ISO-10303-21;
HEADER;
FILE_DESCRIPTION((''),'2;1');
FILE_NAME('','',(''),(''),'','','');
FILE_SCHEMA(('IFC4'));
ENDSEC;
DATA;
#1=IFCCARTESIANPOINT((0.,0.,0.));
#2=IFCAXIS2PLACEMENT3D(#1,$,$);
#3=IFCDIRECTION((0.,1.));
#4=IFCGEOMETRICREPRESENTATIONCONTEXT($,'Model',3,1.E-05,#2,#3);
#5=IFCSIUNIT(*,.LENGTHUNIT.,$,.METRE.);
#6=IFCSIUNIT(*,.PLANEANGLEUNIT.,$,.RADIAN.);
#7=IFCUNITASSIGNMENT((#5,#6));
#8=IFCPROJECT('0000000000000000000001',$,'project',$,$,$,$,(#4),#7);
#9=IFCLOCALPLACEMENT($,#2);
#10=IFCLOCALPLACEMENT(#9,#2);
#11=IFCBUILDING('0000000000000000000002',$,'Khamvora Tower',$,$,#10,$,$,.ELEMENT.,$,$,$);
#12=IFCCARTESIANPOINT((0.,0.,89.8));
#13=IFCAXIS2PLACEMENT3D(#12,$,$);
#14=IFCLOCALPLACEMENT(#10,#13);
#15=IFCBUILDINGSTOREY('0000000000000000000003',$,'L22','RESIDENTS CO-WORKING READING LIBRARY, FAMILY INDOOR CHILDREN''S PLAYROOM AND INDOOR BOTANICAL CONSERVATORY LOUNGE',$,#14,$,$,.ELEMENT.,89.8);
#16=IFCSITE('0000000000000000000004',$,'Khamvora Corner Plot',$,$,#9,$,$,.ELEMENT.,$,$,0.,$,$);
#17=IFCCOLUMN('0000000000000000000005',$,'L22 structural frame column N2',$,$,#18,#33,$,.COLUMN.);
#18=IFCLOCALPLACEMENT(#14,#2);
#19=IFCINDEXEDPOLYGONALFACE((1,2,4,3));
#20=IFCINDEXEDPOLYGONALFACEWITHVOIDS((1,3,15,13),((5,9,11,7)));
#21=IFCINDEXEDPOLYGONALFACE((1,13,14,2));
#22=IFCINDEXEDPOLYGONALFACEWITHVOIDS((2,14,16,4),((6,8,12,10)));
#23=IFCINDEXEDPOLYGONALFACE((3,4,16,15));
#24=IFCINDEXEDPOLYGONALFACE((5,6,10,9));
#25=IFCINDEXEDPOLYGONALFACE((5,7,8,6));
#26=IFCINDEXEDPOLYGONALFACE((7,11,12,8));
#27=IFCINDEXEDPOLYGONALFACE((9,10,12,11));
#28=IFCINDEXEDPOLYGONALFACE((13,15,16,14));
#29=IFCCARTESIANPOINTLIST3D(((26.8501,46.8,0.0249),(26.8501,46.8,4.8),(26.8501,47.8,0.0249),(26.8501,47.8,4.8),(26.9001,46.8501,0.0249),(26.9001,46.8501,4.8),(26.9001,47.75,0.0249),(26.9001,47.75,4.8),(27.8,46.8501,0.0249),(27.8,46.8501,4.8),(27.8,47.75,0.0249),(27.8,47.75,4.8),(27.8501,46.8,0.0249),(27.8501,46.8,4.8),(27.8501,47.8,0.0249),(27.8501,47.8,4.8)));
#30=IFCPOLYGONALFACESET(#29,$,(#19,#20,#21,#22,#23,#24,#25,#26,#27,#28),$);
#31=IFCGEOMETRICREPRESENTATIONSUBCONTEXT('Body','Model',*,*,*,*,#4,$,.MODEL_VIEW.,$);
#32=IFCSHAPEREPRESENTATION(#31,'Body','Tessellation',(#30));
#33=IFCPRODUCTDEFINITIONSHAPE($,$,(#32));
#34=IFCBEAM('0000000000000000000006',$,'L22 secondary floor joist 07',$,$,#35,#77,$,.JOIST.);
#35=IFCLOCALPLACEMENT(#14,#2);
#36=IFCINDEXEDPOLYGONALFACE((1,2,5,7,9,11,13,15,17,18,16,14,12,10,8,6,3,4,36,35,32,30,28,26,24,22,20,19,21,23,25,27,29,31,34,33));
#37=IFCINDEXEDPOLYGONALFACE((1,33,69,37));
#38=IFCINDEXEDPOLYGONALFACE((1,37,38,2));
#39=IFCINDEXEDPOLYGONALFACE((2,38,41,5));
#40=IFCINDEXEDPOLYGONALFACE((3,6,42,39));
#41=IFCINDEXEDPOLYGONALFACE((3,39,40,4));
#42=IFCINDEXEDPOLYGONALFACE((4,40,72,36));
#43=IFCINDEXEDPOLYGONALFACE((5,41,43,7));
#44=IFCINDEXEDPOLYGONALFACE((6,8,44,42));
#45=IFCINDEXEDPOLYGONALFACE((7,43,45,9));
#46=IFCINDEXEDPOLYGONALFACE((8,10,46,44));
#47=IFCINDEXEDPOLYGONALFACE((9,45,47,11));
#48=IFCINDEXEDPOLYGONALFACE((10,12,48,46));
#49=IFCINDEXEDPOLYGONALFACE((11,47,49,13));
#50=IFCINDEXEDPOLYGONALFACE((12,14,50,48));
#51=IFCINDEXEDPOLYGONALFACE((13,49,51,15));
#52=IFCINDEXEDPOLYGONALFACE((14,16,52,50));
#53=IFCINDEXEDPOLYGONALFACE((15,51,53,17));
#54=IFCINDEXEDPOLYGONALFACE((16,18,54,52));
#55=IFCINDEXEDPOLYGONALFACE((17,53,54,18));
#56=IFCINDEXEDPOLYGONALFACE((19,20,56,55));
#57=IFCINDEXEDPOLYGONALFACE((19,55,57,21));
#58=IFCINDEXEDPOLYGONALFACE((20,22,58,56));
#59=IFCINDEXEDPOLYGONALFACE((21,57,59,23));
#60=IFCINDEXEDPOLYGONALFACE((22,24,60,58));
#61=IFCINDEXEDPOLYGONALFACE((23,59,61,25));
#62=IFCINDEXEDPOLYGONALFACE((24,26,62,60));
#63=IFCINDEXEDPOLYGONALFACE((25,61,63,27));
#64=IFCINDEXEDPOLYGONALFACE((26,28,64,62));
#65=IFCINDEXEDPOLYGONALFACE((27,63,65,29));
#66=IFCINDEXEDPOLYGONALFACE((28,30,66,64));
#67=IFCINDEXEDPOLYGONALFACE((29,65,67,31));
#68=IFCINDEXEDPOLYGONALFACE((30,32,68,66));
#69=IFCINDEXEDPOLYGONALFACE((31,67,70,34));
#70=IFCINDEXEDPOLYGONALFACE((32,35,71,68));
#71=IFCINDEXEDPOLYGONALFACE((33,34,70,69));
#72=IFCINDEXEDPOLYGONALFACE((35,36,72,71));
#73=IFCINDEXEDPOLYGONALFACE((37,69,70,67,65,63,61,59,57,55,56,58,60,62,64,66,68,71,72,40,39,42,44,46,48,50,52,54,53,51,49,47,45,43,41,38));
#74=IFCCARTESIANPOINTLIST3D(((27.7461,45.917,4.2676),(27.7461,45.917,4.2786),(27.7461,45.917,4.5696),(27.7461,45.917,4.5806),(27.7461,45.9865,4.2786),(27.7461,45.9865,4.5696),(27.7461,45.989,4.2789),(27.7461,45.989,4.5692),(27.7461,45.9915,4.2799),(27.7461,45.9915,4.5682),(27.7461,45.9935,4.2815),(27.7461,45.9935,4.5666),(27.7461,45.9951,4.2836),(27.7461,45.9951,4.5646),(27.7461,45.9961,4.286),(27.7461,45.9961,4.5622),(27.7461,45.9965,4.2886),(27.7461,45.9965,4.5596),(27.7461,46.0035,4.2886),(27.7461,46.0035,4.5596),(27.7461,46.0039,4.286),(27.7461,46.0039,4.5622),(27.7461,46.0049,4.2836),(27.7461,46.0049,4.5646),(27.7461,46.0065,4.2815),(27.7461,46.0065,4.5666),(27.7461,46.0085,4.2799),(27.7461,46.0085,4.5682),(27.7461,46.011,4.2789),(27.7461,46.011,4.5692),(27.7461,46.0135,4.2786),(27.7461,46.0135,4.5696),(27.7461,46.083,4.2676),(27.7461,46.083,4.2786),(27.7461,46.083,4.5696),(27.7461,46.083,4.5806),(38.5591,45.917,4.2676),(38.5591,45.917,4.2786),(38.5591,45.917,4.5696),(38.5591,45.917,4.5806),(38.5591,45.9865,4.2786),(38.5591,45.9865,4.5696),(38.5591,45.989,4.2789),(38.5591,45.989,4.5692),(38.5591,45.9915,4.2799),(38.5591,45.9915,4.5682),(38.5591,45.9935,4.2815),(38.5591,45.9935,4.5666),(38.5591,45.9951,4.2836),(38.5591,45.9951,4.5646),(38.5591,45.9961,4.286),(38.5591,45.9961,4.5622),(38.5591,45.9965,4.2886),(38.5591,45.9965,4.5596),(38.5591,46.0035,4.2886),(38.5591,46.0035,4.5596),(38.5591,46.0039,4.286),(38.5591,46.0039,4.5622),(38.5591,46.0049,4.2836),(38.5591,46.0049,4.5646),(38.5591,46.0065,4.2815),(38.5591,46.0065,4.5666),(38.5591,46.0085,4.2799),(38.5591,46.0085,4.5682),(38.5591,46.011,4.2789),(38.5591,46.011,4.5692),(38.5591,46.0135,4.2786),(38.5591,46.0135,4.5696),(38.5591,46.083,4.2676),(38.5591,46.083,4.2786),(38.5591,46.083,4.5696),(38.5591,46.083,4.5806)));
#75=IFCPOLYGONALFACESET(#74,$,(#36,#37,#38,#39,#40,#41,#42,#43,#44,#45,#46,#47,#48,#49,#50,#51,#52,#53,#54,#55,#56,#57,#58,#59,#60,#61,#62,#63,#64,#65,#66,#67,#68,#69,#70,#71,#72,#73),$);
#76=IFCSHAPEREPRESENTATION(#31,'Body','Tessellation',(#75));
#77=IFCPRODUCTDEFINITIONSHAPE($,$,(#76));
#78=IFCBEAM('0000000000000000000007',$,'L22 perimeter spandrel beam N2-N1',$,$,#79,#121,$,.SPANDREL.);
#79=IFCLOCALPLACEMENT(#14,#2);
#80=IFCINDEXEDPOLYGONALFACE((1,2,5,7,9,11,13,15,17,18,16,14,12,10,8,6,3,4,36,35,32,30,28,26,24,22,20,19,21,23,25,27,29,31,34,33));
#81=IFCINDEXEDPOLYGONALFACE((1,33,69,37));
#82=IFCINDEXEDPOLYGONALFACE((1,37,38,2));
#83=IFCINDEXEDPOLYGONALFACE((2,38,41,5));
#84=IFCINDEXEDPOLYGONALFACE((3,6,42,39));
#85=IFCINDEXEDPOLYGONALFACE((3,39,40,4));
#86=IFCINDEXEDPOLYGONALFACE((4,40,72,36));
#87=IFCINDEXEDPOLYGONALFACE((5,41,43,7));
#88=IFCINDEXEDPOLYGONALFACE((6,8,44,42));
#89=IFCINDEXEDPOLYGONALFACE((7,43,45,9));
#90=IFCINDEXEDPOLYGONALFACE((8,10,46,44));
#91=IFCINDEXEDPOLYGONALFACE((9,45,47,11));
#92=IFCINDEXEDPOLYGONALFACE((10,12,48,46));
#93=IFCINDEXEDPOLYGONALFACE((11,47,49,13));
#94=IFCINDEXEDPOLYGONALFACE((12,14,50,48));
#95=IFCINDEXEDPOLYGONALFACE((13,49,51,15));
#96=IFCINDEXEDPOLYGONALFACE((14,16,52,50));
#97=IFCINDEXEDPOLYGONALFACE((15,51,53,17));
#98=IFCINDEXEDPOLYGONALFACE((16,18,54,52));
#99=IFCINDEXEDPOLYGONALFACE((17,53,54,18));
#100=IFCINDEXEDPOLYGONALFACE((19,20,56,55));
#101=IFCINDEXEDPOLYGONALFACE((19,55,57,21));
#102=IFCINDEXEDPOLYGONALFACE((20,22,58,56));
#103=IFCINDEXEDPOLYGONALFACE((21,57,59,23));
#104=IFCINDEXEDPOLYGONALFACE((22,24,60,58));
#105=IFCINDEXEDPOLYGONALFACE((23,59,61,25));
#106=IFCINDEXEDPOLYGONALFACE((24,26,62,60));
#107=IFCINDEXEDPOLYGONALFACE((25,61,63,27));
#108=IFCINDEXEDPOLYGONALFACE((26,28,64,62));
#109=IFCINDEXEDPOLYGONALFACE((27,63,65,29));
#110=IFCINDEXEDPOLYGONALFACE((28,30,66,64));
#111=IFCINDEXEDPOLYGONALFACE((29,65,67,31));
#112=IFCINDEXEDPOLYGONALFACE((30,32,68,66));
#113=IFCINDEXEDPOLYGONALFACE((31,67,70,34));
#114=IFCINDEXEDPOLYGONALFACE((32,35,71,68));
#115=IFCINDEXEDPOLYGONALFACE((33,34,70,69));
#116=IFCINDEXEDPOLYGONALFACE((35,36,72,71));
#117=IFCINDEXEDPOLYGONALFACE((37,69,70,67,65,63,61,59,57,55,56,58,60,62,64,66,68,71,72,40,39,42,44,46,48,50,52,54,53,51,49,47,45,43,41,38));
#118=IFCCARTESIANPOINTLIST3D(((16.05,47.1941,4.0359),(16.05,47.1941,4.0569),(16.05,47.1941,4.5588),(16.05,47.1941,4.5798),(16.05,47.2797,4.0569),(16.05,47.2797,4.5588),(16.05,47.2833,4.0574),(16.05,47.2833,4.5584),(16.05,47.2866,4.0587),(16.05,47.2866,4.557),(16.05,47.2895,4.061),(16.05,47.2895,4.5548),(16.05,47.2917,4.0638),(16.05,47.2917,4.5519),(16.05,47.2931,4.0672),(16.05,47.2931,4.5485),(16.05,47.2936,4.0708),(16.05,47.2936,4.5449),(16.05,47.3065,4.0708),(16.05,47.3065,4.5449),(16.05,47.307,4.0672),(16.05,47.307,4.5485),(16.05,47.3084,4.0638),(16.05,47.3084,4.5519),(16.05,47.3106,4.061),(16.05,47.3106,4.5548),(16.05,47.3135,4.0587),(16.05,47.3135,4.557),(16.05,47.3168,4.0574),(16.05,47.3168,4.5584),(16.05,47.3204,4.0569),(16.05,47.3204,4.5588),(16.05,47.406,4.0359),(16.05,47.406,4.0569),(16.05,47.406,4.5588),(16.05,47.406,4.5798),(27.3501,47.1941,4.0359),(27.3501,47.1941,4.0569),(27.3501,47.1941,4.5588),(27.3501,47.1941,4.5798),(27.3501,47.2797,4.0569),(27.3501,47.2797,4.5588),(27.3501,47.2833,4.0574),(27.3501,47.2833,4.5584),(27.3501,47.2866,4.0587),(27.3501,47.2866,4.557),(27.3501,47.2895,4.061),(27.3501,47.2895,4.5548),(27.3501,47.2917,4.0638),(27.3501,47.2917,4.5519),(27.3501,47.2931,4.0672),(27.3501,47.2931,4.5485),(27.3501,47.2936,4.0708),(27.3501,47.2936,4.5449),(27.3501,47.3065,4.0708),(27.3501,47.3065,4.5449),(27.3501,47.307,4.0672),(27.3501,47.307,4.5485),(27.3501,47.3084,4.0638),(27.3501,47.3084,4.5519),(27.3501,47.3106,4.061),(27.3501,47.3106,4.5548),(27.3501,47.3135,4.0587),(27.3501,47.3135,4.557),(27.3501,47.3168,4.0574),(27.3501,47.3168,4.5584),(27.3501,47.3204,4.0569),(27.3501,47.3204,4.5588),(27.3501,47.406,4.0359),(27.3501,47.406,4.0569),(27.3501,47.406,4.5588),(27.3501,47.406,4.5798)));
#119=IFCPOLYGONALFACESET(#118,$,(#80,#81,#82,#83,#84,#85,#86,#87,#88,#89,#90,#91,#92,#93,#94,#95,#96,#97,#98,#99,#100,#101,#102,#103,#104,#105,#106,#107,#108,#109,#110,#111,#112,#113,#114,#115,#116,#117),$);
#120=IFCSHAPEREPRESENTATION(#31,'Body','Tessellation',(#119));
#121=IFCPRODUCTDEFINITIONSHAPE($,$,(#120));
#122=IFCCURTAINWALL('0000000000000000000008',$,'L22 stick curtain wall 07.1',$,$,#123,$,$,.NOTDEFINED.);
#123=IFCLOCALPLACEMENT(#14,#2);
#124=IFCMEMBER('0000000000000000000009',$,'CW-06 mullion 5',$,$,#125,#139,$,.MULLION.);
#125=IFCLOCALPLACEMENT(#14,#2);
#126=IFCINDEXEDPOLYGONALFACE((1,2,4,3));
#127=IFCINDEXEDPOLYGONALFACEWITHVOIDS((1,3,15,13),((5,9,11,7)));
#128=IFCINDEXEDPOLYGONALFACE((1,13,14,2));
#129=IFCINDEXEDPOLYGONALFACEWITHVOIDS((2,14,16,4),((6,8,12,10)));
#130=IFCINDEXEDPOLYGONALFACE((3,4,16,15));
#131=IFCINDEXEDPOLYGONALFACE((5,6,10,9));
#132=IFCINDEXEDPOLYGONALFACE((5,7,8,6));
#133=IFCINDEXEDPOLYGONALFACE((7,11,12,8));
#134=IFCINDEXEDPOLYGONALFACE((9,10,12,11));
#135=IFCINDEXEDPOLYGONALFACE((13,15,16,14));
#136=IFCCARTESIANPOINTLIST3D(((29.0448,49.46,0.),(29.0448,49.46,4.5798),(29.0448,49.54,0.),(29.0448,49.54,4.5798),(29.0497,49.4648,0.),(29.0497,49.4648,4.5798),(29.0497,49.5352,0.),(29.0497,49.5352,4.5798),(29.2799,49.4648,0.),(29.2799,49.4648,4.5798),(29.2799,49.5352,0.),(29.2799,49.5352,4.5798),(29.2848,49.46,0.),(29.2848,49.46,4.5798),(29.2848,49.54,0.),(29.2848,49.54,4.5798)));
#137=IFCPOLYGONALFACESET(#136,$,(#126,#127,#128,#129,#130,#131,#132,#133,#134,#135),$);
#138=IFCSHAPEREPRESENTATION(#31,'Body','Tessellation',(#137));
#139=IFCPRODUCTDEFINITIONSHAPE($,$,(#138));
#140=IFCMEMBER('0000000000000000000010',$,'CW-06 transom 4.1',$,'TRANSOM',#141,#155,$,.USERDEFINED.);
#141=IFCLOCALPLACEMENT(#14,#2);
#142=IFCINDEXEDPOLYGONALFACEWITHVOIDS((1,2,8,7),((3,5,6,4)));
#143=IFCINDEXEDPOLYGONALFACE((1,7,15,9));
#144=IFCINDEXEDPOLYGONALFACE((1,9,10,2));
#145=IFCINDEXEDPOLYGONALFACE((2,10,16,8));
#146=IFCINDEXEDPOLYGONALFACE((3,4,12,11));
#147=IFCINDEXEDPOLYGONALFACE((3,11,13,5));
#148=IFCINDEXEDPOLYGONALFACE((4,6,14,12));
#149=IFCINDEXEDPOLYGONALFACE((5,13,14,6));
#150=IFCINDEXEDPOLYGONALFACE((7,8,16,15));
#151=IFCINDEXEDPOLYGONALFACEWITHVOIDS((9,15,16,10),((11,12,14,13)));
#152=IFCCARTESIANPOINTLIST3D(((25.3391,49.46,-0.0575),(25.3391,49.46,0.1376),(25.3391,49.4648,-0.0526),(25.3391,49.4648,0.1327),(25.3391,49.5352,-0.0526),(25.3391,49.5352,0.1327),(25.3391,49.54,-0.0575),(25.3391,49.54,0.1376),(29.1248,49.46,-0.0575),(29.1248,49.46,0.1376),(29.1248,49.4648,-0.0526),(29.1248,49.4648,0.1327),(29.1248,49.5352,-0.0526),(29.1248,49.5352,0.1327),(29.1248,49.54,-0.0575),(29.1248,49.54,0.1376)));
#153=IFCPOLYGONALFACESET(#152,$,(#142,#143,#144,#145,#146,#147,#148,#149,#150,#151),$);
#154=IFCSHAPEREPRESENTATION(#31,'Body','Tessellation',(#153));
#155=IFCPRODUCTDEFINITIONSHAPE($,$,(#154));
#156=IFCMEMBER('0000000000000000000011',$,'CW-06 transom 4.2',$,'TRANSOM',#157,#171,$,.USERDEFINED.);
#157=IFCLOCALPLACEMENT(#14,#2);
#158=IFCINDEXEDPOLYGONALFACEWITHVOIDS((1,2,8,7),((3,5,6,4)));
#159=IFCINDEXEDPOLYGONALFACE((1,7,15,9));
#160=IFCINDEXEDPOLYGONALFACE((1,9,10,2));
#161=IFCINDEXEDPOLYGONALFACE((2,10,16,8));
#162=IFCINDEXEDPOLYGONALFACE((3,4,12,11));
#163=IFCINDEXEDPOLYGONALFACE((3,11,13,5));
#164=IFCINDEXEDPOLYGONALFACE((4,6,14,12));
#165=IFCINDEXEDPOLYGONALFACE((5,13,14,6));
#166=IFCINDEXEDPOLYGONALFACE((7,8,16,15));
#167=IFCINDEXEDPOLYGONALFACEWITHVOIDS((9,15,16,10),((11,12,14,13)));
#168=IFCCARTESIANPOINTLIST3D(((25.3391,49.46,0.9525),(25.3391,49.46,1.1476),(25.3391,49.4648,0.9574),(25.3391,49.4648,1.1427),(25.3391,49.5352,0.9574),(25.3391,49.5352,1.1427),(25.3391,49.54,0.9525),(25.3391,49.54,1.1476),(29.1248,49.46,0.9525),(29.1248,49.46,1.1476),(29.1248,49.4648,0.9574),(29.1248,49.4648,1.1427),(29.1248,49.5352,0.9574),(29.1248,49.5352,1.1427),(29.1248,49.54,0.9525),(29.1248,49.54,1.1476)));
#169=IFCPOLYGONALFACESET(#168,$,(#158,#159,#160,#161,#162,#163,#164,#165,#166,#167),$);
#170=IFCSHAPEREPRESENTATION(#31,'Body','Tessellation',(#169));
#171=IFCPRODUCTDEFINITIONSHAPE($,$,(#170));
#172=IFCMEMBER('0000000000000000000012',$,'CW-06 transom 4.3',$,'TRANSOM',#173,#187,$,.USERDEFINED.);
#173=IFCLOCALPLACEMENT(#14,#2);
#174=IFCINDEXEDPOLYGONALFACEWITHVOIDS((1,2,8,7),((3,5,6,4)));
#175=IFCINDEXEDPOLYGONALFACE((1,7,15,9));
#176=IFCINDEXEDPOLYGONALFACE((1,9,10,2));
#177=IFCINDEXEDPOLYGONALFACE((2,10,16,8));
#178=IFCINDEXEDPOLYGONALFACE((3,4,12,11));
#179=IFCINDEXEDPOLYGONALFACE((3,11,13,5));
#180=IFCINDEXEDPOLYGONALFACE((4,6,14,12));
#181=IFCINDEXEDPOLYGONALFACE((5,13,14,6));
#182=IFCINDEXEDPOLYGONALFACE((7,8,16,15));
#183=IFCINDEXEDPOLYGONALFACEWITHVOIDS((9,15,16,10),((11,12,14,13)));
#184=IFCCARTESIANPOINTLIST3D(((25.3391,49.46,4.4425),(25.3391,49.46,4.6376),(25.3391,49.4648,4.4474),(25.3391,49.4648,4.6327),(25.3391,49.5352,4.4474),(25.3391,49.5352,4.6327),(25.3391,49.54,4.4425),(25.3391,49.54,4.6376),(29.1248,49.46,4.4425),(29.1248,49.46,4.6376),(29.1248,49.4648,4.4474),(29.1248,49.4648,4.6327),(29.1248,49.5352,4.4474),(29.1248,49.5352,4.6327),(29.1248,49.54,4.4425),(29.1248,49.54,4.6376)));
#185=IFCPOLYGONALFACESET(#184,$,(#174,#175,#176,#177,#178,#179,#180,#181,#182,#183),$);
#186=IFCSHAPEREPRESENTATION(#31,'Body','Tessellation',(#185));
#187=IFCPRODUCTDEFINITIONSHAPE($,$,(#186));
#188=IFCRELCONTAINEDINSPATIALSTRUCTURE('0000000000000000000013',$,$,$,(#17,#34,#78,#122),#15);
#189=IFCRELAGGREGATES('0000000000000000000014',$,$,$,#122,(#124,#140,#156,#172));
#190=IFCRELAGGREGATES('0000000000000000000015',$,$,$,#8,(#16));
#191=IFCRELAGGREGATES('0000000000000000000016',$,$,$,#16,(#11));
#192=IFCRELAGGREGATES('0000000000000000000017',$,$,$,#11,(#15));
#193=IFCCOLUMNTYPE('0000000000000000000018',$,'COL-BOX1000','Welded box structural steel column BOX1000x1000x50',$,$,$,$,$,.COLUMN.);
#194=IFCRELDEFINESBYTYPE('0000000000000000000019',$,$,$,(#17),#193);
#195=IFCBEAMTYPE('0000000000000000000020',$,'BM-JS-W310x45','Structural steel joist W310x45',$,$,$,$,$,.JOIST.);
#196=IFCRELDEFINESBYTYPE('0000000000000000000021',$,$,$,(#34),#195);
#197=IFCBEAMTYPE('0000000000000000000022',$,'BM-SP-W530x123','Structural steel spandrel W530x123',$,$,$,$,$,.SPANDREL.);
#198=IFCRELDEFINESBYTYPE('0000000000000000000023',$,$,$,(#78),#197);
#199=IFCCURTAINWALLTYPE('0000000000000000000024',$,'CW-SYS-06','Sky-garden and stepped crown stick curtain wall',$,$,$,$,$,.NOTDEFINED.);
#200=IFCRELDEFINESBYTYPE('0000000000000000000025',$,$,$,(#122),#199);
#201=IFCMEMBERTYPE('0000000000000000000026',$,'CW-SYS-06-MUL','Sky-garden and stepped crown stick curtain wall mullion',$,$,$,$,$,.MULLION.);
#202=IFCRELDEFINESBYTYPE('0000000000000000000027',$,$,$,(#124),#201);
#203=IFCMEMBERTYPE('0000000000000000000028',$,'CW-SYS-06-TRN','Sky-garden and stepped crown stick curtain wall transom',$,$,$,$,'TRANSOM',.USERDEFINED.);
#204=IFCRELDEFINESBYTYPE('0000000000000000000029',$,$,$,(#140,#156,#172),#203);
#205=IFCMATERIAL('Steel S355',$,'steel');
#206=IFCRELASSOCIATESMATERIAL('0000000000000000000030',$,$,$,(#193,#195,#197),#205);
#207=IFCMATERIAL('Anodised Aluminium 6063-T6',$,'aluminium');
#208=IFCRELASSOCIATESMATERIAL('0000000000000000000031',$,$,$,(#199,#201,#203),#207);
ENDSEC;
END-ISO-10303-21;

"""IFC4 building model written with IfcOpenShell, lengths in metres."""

from ifc_helpers import new_model, si_unit, direction, frame, origin, origin_2d, place, context, subcontext, project, spatial, hollow_rectangle, i_section, extrude, material, material_profile, profile_set, type_object, element, aggregate, save


model = new_model("IFC4")

# Units and contexts
model_context = context("Model", 3, precision=1e-05, world=origin(), true_north=direction((0.0, 1.0)))
body_context = subcontext(model_context, "Body", "Model", "MODEL_VIEW")
ifc_project = project(units=[si_unit("LENGTHUNIT", "METRE"), si_unit("PLANEANGLEUNIT", "RADIAN")], contexts=[model_context])

# Site, building, storey
site_placement = place(None, origin())
site = spatial("IfcSite", under=ifc_project, at=site_placement, Name="Khamvora Corner Plot", CompositionType="ELEMENT", RefElevation=0.0)
building_placement = place(site_placement, origin())
building = spatial("IfcBuilding", under=site, at=building_placement, Name="Khamvora Tower", CompositionType="ELEMENT")
storey_placement = place(building_placement, frame((0.0, 0.0, 89.8)))
storey = spatial("IfcBuildingStorey", under=building, at=storey_placement, Name="L22", Description="RESIDENTS CO-WORKING READING LIBRARY, FAMILY INDOOR CHILDREN'S PLAYROOM AND INDOOR BOTANICAL CONSERVATORY LOUNGE", CompositionType="ELEMENT", Elevation=89.8)

# Column
ifc_material_1 = material(Name="Steel S355", Category="steel")
ifc_material_profile_1 = material_profile(ifc_material_1, hollow_rectangle(XDim=1.0, YDim=1.0, WallThickness=0.05, at=origin_2d()), Name="BOX1000x1000x50")
ifc_profile_set_1 = profile_set([ifc_material_profile_1], Name="Steel S355")
column_type = type_object("IfcColumnType", Name="COL-BOX1000", Description="Welded box structural steel column BOX1000x1000x50", PredefinedType="COLUMN", material=ifc_profile_set_1)
column_placement = place(storey_placement, frame((27.3501, 47.3, 0.0249), z_axis=(0.0, 0.0, 1.0), x_axis=(1.0, 0.0, 0.0)))
element("IfcColumn", 1, at=column_placement, inside=storey, type_object=column_type, Name="L22 structural frame column N2", PredefinedType="COLUMN", context=body_context, shape_type="SweptSolid", body=[
    extrude(hollow_rectangle(XDim=1.0, YDim=1.0, WallThickness=0.05, at=origin_2d()), origin(), (0.0, 0.0, 1.0), 4.7751),
])

# Beams
ifc_material_profile_2 = material_profile(ifc_material_1, i_section(OverallWidth=0.166, OverallDepth=0.313, WebThickness=0.0071, FlangeThickness=0.011, FilletRadius=0.01, at=origin_2d()), Name="W310x45")
ifc_profile_set_2 = profile_set([ifc_material_profile_2], Name="Steel S355")
beam_type_1 = type_object("IfcBeamType", Name="BM-JS-W310x45", Description="Structural steel joist W310x45", PredefinedType="JOIST", material=ifc_profile_set_2)
beam_1_placement = place(storey_placement, frame((27.7461, 46.0, 4.4241), z_axis=(1.0, 0.0, 0.0), x_axis=(0.0, 1.0, 0.0)))
element("IfcBeam", 2, at=beam_1_placement, inside=storey, type_object=beam_type_1, Name="L22 secondary floor joist 07", PredefinedType="JOIST", context=body_context, shape_type="SweptSolid", body=[
    extrude(i_section(OverallWidth=0.166, OverallDepth=0.313, WebThickness=0.0071, FlangeThickness=0.011, FilletRadius=0.01, at=origin_2d()), origin(), (0.0, 0.0, 1.0), 10.813),
])
ifc_material_profile_3 = material_profile(ifc_material_1, i_section(OverallWidth=0.2119, OverallDepth=0.5439, WebThickness=0.0129, FlangeThickness=0.021, FilletRadius=0.0139, at=origin_2d()), Name="W530x123")
ifc_profile_set_3 = profile_set([ifc_material_profile_3], Name="Steel S355")
beam_type_2 = type_object("IfcBeamType", Name="BM-SP-W530x123", Description="Structural steel spandrel W530x123", PredefinedType="SPANDREL", material=ifc_profile_set_3)
beam_2_placement = place(storey_placement, frame((27.3501, 47.3, 4.3079), z_axis=(-1.0, 0.0, 0.0), x_axis=(0.0, -1.0, 0.0)))
element("IfcBeam", 3, at=beam_2_placement, inside=storey, type_object=beam_type_2, Name="L22 perimeter spandrel beam N2-N1", PredefinedType="SPANDREL", context=body_context, shape_type="SweptSolid", body=[
    extrude(i_section(OverallWidth=0.2119, OverallDepth=0.5439, WebThickness=0.0129, FlangeThickness=0.021, FilletRadius=0.0139, at=origin_2d()), origin(), (0.0, 0.0, 1.0), 11.3),
])

# Curtain wall, members
ifc_material_2 = material(Name="Anodised Aluminium 6063-T6", Category="aluminium")
curtain_wall_type = type_object("IfcCurtainWallType", Name="CW-SYS-06", Description="Sky-garden and stepped crown stick curtain wall", PredefinedType="NOTDEFINED", material=ifc_material_2)
curtain_wall_placement = place(storey_placement, origin())
curtain_wall = element("IfcCurtainWall", 4, at=curtain_wall_placement, inside=storey, type_object=curtain_wall_type, Name="L22 stick curtain wall 07.1", PredefinedType="NOTDEFINED")
ifc_material_profile_4 = material_profile(ifc_material_2, hollow_rectangle(XDim=0.0801, YDim=0.24, WallThickness=0.0049, at=origin_2d()), Name="MUL80x240x5")
ifc_profile_set_4 = profile_set([ifc_material_profile_4], Name="Anodised Aluminium 6063-T6")
member_type_1 = type_object("IfcMemberType", Name="CW-SYS-06-MUL", Description="Sky-garden and stepped crown stick curtain wall mullion", PredefinedType="MULLION", material=ifc_profile_set_4)
member_1_placement = place(storey_placement, frame((29.1648, 49.5, 0.0), z_axis=(0.0, 0.0, 1.0), x_axis=(0.0, 1.0, 0.0)))
member_1 = element("IfcMember", 5, at=member_1_placement, type_object=member_type_1, Name="CW-06 mullion 5", PredefinedType="MULLION", context=body_context, shape_type="SweptSolid", body=[
    extrude(hollow_rectangle(XDim=0.0801, YDim=0.24, WallThickness=0.0049, at=origin_2d()), origin(), (0.0, 0.0, 1.0), 4.5798),
])
ifc_material_profile_5 = material_profile(ifc_material_2, hollow_rectangle(XDim=0.0801, YDim=0.1951, WallThickness=0.0049, at=origin_2d()), Name="TRN80x195x5")
ifc_profile_set_5 = profile_set([ifc_material_profile_5], Name="Anodised Aluminium 6063-T6")
member_type_2 = type_object("IfcMemberType", Name="CW-SYS-06-TRN", Description="Sky-garden and stepped crown stick curtain wall transom", ElementType="TRANSOM", PredefinedType="USERDEFINED", material=ifc_profile_set_5)
member_2_placement = place(storey_placement, frame((25.3391, 49.5, 0.04), z_axis=(1.0, 0.0, 0.0), x_axis=(0.0, 1.0, 0.0)))
member_2 = element("IfcMember", 6, at=member_2_placement, type_object=member_type_2, Name="CW-06 transom 4.1", ObjectType="TRANSOM", PredefinedType="USERDEFINED", context=body_context, shape_type="SweptSolid", body=[
    extrude(hollow_rectangle(XDim=0.0801, YDim=0.1951, WallThickness=0.0049, at=origin_2d()), origin(), (0.0, 0.0, 1.0), 3.7856),
])
member_3_placement = place(storey_placement, frame((25.3391, 49.5, 1.05), z_axis=(1.0, 0.0, 0.0), x_axis=(0.0, 1.0, 0.0)))
member_3 = element("IfcMember", 7, at=member_3_placement, type_object=member_type_2, Name="CW-06 transom 4.2", ObjectType="TRANSOM", PredefinedType="USERDEFINED", context=body_context, shape_type="SweptSolid", body=[
    extrude(hollow_rectangle(XDim=0.0801, YDim=0.1951, WallThickness=0.0049, at=origin_2d()), origin(), (0.0, 0.0, 1.0), 3.7856),
])
member_4_placement = place(storey_placement, frame((25.3391, 49.5, 4.54), z_axis=(1.0, 0.0, 0.0), x_axis=(0.0, 1.0, 0.0)))
member_4 = element("IfcMember", 8, at=member_4_placement, type_object=member_type_2, Name="CW-06 transom 4.3", ObjectType="TRANSOM", PredefinedType="USERDEFINED", context=body_context, shape_type="SweptSolid", body=[
    extrude(hollow_rectangle(XDim=0.0801, YDim=0.1951, WallThickness=0.0049, at=origin_2d()), origin(), (0.0, 0.0, 1.0), 3.7856),
])
aggregate(curtain_wall, [member_1, member_2, member_3, member_4])

save(model, "model.ifc")
